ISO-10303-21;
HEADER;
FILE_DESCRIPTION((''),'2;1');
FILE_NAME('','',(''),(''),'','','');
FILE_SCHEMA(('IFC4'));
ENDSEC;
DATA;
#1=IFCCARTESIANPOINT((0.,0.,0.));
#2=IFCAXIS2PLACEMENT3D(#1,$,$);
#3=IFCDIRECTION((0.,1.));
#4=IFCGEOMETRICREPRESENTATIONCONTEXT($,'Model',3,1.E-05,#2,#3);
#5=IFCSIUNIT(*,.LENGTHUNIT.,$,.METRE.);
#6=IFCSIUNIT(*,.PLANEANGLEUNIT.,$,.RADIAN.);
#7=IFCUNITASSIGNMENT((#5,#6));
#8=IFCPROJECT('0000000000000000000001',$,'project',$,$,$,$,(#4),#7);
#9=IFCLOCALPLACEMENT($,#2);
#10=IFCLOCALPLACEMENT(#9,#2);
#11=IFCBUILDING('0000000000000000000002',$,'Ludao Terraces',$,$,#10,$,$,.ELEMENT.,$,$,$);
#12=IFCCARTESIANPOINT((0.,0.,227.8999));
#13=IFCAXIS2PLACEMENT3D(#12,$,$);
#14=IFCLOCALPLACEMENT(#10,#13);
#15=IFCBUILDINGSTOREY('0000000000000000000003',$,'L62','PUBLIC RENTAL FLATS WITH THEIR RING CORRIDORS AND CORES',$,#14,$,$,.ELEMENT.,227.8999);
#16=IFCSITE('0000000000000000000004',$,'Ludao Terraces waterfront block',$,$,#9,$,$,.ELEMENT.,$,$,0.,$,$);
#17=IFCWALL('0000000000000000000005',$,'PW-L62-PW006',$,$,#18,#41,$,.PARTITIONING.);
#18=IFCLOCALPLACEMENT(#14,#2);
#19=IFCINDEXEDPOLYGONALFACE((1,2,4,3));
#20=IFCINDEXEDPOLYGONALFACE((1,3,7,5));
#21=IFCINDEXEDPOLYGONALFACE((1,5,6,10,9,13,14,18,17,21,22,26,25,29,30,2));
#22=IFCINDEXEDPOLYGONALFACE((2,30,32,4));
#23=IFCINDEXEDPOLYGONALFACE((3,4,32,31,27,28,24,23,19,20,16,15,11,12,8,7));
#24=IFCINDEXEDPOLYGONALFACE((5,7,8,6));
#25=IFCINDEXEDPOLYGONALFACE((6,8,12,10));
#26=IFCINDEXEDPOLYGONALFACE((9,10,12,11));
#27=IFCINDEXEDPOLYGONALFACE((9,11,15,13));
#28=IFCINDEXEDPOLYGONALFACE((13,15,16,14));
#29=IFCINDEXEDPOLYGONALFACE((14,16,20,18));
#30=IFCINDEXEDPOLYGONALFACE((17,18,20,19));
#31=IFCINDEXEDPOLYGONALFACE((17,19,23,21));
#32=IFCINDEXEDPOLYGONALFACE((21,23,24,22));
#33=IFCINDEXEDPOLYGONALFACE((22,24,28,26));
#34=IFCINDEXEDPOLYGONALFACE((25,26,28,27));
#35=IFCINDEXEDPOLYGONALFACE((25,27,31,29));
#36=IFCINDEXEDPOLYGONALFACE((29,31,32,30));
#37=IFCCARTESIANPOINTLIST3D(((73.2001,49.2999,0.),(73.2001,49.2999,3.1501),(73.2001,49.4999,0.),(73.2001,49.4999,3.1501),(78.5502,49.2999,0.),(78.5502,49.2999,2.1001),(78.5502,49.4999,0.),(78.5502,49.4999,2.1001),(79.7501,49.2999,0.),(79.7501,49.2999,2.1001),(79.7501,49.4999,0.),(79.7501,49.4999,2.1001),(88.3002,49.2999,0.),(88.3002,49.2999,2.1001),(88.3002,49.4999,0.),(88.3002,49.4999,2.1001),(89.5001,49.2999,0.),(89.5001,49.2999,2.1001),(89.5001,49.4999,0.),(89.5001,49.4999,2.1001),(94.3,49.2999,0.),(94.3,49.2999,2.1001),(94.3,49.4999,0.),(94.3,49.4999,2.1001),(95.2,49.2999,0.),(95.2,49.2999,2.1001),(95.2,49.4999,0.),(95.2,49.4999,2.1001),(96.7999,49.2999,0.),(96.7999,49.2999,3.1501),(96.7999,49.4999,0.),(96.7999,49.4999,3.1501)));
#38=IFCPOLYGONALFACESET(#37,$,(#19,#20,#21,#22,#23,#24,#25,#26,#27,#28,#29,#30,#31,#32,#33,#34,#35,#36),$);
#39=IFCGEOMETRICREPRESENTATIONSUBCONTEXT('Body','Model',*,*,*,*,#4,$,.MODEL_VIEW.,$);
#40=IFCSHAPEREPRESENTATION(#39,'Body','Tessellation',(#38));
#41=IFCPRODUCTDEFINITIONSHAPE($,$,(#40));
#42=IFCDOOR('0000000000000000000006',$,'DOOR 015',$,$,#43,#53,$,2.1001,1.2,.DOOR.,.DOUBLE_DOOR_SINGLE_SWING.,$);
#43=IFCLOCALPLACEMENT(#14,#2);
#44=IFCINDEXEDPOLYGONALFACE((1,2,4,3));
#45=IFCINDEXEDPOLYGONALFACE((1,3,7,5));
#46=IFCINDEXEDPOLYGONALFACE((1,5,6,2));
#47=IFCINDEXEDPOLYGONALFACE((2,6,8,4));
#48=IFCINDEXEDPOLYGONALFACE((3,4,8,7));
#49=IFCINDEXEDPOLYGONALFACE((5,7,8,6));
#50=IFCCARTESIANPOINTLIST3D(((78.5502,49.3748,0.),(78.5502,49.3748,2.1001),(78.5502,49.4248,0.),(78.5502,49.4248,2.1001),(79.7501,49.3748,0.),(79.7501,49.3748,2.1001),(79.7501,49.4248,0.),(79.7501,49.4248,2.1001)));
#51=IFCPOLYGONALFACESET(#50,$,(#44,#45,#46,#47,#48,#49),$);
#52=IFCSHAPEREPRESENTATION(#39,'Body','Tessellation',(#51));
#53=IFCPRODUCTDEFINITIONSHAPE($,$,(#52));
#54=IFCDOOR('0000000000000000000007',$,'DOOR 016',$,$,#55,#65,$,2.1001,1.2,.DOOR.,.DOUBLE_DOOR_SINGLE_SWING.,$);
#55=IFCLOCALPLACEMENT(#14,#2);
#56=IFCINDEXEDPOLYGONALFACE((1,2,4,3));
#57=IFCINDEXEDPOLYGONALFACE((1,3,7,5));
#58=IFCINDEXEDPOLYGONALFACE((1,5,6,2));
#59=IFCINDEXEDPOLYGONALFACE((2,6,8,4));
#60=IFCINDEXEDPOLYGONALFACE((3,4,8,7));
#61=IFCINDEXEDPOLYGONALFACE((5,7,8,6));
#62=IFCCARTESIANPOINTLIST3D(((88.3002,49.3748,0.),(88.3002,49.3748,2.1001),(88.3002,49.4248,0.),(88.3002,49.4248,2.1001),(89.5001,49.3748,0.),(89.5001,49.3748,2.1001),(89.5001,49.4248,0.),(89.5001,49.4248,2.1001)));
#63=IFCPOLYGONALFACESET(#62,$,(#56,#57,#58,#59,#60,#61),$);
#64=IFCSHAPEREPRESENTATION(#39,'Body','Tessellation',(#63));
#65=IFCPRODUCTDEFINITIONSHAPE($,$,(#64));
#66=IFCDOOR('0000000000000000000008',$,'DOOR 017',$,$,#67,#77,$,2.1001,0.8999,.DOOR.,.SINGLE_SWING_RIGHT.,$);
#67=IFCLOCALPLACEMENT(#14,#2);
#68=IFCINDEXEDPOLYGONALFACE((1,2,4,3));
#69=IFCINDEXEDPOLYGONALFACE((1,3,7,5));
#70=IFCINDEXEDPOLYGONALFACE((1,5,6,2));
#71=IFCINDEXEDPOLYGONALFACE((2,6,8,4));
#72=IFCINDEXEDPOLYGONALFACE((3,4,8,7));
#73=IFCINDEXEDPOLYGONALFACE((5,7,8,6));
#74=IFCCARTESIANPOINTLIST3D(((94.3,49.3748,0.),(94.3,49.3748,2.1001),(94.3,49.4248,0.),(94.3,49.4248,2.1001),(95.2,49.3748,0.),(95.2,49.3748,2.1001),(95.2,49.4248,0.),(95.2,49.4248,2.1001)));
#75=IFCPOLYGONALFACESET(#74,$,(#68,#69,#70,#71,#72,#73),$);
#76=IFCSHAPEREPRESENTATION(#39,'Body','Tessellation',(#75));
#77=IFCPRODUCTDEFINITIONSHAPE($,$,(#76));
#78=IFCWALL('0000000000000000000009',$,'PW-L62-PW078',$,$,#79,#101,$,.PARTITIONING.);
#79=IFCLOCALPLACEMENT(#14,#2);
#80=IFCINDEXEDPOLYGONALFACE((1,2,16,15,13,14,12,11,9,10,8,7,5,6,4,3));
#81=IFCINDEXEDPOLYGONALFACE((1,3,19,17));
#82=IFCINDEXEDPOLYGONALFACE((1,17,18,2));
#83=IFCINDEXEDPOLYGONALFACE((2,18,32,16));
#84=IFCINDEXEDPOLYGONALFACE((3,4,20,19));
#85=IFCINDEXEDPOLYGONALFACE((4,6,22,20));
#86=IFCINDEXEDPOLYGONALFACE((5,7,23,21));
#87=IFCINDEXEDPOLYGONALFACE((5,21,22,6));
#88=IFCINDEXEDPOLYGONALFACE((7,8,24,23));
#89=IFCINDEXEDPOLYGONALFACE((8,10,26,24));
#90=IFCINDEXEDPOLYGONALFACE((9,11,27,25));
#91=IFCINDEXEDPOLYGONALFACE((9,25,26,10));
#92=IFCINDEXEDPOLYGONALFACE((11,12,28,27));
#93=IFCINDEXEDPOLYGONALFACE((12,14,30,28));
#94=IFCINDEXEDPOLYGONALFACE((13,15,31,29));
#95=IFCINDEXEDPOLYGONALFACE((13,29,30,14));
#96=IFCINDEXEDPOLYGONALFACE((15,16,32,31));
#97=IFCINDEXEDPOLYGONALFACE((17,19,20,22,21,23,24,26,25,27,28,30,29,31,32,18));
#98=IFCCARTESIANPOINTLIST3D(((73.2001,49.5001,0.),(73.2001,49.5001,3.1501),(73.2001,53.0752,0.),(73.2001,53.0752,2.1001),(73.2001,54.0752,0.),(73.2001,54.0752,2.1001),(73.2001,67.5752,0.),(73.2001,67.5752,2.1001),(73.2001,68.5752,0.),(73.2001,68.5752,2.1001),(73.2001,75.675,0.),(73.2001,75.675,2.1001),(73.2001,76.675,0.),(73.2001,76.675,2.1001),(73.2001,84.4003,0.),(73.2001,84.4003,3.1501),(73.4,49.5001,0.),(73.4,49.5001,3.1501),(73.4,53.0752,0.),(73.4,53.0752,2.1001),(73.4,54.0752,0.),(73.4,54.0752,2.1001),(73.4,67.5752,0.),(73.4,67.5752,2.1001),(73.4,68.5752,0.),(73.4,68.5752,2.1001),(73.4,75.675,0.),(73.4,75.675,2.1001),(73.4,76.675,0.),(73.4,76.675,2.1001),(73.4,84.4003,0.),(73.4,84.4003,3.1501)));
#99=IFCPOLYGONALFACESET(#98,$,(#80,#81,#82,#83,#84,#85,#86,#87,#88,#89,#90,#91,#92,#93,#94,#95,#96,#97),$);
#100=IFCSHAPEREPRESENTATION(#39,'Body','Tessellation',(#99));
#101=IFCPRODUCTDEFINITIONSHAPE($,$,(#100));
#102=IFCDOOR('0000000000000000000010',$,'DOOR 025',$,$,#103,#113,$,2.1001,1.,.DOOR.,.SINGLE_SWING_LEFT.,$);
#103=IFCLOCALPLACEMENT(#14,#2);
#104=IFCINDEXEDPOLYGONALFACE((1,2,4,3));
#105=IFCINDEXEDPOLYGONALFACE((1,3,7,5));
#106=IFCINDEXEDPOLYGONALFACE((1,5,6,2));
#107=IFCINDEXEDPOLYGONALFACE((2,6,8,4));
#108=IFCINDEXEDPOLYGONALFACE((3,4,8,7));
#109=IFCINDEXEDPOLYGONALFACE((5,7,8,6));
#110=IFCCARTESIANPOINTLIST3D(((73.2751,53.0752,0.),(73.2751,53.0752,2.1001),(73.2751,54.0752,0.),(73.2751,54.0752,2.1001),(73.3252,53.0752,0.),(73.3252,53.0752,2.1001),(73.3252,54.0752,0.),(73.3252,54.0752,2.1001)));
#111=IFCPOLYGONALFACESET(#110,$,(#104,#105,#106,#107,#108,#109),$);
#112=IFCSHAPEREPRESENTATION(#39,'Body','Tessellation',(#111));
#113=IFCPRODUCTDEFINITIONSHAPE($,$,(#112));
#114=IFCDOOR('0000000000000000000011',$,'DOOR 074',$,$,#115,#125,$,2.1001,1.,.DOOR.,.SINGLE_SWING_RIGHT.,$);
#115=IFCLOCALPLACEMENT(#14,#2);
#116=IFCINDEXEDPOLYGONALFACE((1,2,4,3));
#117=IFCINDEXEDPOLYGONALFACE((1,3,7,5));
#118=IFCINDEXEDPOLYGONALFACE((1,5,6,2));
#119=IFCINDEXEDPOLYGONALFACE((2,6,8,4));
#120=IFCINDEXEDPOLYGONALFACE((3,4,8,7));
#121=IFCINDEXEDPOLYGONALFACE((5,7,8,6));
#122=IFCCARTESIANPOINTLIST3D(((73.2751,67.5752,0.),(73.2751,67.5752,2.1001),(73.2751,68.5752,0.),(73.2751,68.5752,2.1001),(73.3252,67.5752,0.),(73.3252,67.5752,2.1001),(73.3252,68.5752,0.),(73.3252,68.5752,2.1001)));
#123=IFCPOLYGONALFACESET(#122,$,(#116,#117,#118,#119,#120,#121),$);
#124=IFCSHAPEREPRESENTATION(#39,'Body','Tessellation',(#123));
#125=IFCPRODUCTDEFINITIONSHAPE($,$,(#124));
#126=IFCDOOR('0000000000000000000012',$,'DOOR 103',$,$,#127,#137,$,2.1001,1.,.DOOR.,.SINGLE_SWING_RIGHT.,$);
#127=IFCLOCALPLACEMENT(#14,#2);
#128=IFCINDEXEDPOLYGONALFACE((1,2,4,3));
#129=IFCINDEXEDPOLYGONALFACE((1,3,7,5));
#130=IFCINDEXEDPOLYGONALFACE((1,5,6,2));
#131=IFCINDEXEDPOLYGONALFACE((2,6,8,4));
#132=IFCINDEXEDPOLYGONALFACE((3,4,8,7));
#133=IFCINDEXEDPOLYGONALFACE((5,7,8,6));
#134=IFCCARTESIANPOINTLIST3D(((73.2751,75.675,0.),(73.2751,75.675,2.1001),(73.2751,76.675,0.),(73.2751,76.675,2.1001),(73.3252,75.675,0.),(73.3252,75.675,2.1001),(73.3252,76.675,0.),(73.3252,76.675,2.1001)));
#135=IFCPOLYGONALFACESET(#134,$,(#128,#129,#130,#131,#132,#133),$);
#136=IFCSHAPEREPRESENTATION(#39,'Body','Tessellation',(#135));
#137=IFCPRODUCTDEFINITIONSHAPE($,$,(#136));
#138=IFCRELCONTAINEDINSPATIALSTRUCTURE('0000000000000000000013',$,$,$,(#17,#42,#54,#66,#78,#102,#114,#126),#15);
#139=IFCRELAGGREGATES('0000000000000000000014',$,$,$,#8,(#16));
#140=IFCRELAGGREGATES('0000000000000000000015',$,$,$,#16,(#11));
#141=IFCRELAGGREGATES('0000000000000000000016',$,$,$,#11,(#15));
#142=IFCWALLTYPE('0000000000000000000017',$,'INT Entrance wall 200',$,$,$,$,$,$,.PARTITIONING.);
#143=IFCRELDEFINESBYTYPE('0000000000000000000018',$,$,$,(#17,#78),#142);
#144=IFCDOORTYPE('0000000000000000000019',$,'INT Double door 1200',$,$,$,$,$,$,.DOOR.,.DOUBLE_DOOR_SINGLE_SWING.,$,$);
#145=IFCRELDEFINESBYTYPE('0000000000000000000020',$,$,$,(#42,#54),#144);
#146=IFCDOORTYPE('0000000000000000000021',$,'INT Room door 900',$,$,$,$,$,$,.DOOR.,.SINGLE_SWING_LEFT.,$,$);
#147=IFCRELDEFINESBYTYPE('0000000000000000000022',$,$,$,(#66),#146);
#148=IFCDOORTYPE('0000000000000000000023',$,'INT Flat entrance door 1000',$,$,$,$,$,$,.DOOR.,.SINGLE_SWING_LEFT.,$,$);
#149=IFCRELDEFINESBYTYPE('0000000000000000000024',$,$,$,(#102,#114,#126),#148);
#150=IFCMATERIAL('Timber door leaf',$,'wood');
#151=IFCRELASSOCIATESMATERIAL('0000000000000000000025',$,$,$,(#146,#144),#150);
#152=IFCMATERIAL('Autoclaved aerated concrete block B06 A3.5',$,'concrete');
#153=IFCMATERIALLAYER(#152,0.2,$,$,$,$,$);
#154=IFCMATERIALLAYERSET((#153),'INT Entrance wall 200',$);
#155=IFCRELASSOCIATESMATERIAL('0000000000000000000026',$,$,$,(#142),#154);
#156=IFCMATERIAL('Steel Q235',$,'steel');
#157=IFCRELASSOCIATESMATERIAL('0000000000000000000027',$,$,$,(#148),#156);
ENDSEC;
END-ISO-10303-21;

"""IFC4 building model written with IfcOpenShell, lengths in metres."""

from ifc_helpers import new_model, si_unit, direction, frame, frame_2d, origin, place, context, subcontext, project, spatial, rectangle, extrude, material, layer, layer_set, type_object, element, fill, save


model = new_model("IFC4")

# Units and contexts
model_context = context("Model", 3, precision=1e-05, world=origin(), true_north=direction((0.0, 1.0)))
body_context = subcontext(model_context, "Body", "Model", "MODEL_VIEW")
ifc_project = project(units=[si_unit("LENGTHUNIT", "METRE"), si_unit("PLANEANGLEUNIT", "RADIAN")], contexts=[model_context])

# Site, building, storey
site_placement = place(None, origin())
site = spatial("IfcSite", under=ifc_project, at=site_placement, Name="Ludao Terraces waterfront block", CompositionType="ELEMENT", RefElevation=0.0)
building_placement = place(site_placement, origin())
building = spatial("IfcBuilding", under=site, at=building_placement, Name="Ludao Terraces", CompositionType="ELEMENT")
storey_placement = place(building_placement, frame((0.0, 0.0, 227.8999)))
storey = spatial("IfcBuildingStorey", under=building, at=storey_placement, Name="L62", Description="PUBLIC RENTAL FLATS WITH THEIR RING CORRIDORS AND CORES", CompositionType="ELEMENT", Elevation=227.8999)

# Shared definitions
ifc_material_1 = material(Name="Steel Q235", Category="steel")
ifc_material_2 = material(Name="Timber door leaf", Category="wood")
door_type_1 = type_object("IfcDoorType", Name="INT Room door 900", OperationType="SINGLE_SWING_LEFT", PredefinedType="DOOR", material=ifc_material_2)

# Walls, openings, doors
ifc_material_3 = material(Name="Autoclaved aerated concrete block B06 A3.5", Category="concrete")
ifc_layer_1 = layer(ifc_material_3, 0.2)
ifc_layer_set_1 = layer_set([ifc_layer_1], Name="INT Entrance wall 200")
wall_type_1 = type_object("IfcWallType", Name="INT Entrance wall 200", PredefinedType="PARTITIONING", material=ifc_layer_set_1)
wall_1_placement = place(storey_placement, frame((73.2002, 49.3999, 0.0), z_axis=(0.0, 0.0, 1.0), x_axis=(1.0, 0.0, 0.0)))
wall_1 = element("IfcWall", 1, at=wall_1_placement, inside=storey, type_object=wall_type_1, Name="PW-L62-PW006", PredefinedType="PARTITIONING", context=body_context, shape_type="SweptSolid", body=[
    extrude(rectangle(XDim=23.5999, YDim=0.2, at=frame_2d((11.7998, 0.0))), origin(), (0.0, 0.0, 1.0), 3.1501),
])
opening_1_placement = place(wall_1_placement, frame((5.3499, 0.0, 0.0)))
opening_1 = element("IfcOpeningElement", 2, at=opening_1_placement, cuts=wall_1, PredefinedType="OPENING", context=body_context, shape_type="SweptSolid", body=[
    extrude(rectangle(XDim=1.2, YDim=2.1001, at=frame_2d((0.6001, 1.05))), frame((0.0, 0.1099, 0.0), z_axis=(0.0, -1.0, 0.0), x_axis=(1.0, 0.0, 0.0)), (0.0, 0.0, 1.0), 0.22),
])
opening_2_placement = place(wall_1_placement, frame((15.0999, 0.0, 0.0)))
opening_2 = element("IfcOpeningElement", 3, at=opening_2_placement, cuts=wall_1, PredefinedType="OPENING", context=body_context, shape_type="SweptSolid", body=[
    extrude(rectangle(XDim=1.2, YDim=2.1001, at=frame_2d((0.6001, 1.05))), frame((0.0, 0.1099, 0.0), z_axis=(0.0, -1.0, 0.0), x_axis=(1.0, 0.0, 0.0)), (0.0, 0.0, 1.0), 0.22),
])
opening_3_placement = place(wall_1_placement, frame((21.0999, 0.0, 0.0)))
opening_3 = element("IfcOpeningElement", 4, at=opening_3_placement, cuts=wall_1, PredefinedType="OPENING", context=body_context, shape_type="SweptSolid", body=[
    extrude(rectangle(XDim=0.8999, YDim=2.1001, at=frame_2d((0.45, 1.05))), frame((0.0, 0.1099, 0.0), z_axis=(0.0, -1.0, 0.0), x_axis=(1.0, 0.0, 0.0)), (0.0, 0.0, 1.0), 0.22),
])
door_type_2 = type_object("IfcDoorType", Name="INT Double door 1200", OperationType="DOUBLE_DOOR_SINGLE_SWING", PredefinedType="DOOR", material=ifc_material_2)
door_1_placement = place(opening_1_placement, origin())
door_1 = element("IfcDoor", 5, at=door_1_placement, inside=storey, type_object=door_type_2, Name="DOOR 015", OperationType="DOUBLE_DOOR_SINGLE_SWING", OverallHeight=2.1001, OverallWidth=1.2, PredefinedType="DOOR", context=body_context, shape_type="SweptSolid", body=[
    extrude(rectangle(XDim=1.2, YDim=2.1001, at=frame_2d((0.6001, 1.05))), frame((0.0, 0.0249, 0.0), z_axis=(0.0, -1.0, 0.0), x_axis=(1.0, 0.0, 0.0)), (0.0, 0.0, 1.0), 0.05),
])
fill(opening_1, door_1)
door_2_placement = place(opening_2_placement, origin())
door_2 = element("IfcDoor", 6, at=door_2_placement, inside=storey, type_object=door_type_2, Name="DOOR 016", OperationType="DOUBLE_DOOR_SINGLE_SWING", OverallHeight=2.1001, OverallWidth=1.2, PredefinedType="DOOR", context=body_context, shape_type="SweptSolid", body=[
    extrude(rectangle(XDim=1.2, YDim=2.1001, at=frame_2d((0.6001, 1.05))), frame((0.0, 0.0249, 0.0), z_axis=(0.0, -1.0, 0.0), x_axis=(1.0, 0.0, 0.0)), (0.0, 0.0, 1.0), 0.05),
])
fill(opening_2, door_2)
door_3_placement = place(opening_3_placement, origin())
door_3 = element("IfcDoor", 7, at=door_3_placement, inside=storey, type_object=door_type_1, Name="DOOR 017", OperationType="SINGLE_SWING_RIGHT", OverallHeight=2.1001, OverallWidth=0.8999, PredefinedType="DOOR", context=body_context, shape_type="SweptSolid", body=[
    extrude(rectangle(XDim=0.8999, YDim=2.1001, at=frame_2d((0.45, 1.05))), frame((0.0, 0.0249, 0.0), z_axis=(0.0, -1.0, 0.0), x_axis=(1.0, 0.0, 0.0)), (0.0, 0.0, 1.0), 0.05),
])
fill(opening_3, door_3)
wall_2_placement = place(storey_placement, frame((73.3, 49.5, 0.0), z_axis=(0.0, 0.0, 1.0), x_axis=(0.0, 1.0, 0.0)))
wall_2 = element("IfcWall", 8, at=wall_2_placement, inside=storey, type_object=wall_type_1, Name="PW-L62-PW078", PredefinedType="PARTITIONING", context=body_context, shape_type="SweptSolid", body=[
    extrude(rectangle(XDim=34.9001, YDim=0.2, at=frame_2d((17.4502, 0.0))), origin(), (0.0, 0.0, 1.0), 3.1501),
])
opening_4_placement = place(wall_2_placement, frame((3.5752, 0.0, 0.0)))
opening_4 = element("IfcOpeningElement", 9, at=opening_4_placement, cuts=wall_2, PredefinedType="OPENING", context=body_context, shape_type="SweptSolid", body=[
    extrude(rectangle(XDim=1.0, YDim=2.1001, at=frame_2d((0.5, 1.05))), frame((0.0, 0.1099, 0.0), z_axis=(0.0, -1.0, 0.0), x_axis=(1.0, 0.0, 0.0)), (0.0, 0.0, 1.0), 0.22),
])
opening_5_placement = place(wall_2_placement, frame((18.0752, 0.0, 0.0)))
opening_5 = element("IfcOpeningElement", 10, at=opening_5_placement, cuts=wall_2, PredefinedType="OPENING", context=body_context, shape_type="SweptSolid", body=[
    extrude(rectangle(XDim=1.0, YDim=2.1001, at=frame_2d((0.5, 1.05))), frame((0.0, 0.1099, 0.0), z_axis=(0.0, -1.0, 0.0), x_axis=(1.0, 0.0, 0.0)), (0.0, 0.0, 1.0), 0.22),
])
opening_6_placement = place(wall_2_placement, frame((26.175, 0.0, 0.0)))
opening_6 = element("IfcOpeningElement", 11, at=opening_6_placement, cuts=wall_2, PredefinedType="OPENING", context=body_context, shape_type="SweptSolid", body=[
    extrude(rectangle(XDim=1.0, YDim=2.1001, at=frame_2d((0.5, 1.05))), frame((0.0, 0.1099, 0.0), z_axis=(0.0, -1.0, 0.0), x_axis=(1.0, 0.0, 0.0)), (0.0, 0.0, 1.0), 0.22),
])
door_type_3 = type_object("IfcDoorType", Name="INT Flat entrance door 1000", OperationType="SINGLE_SWING_LEFT", PredefinedType="DOOR", material=ifc_material_1)
door_4_placement = place(opening_4_placement, origin())
door_4 = element("IfcDoor", 12, at=door_4_placement, inside=storey, type_object=door_type_3, Name="DOOR 025", OperationType="SINGLE_SWING_LEFT", OverallHeight=2.1001, OverallWidth=1.0, PredefinedType="DOOR", context=body_context, shape_type="SweptSolid", body=[
    extrude(rectangle(XDim=1.0, YDim=2.1001, at=frame_2d((0.5, 1.05))), frame((0.0, 0.0249, 0.0), z_axis=(0.0, -1.0, 0.0), x_axis=(1.0, 0.0, 0.0)), (0.0, 0.0, 1.0), 0.05),
])
fill(opening_4, door_4)
door_5_placement = place(opening_5_placement, origin())
door_5 = element("IfcDoor", 13, at=door_5_placement, inside=storey, type_object=door_type_3, Name="DOOR 074", OperationType="SINGLE_SWING_RIGHT", OverallHeight=2.1001, OverallWidth=1.0, PredefinedType="DOOR", context=body_context, shape_type="SweptSolid", body=[
    extrude(rectangle(XDim=1.0, YDim=2.1001, at=frame_2d((0.5, 1.05))), frame((0.0, 0.0249, 0.0), z_axis=(0.0, -1.0, 0.0), x_axis=(1.0, 0.0, 0.0)), (0.0, 0.0, 1.0), 0.05),
])
fill(opening_5, door_5)
door_6_placement = place(opening_6_placement, origin())
door_6 = element("IfcDoor", 14, at=door_6_placement, inside=storey, type_object=door_type_3, Name="DOOR 103", OperationType="SINGLE_SWING_RIGHT", OverallHeight=2.1001, OverallWidth=1.0, PredefinedType="DOOR", context=body_context, shape_type="SweptSolid", body=[
    extrude(rectangle(XDim=1.0, YDim=2.1001, at=frame_2d((0.5, 1.05))), frame((0.0, 0.0249, 0.0), z_axis=(0.0, -1.0, 0.0), x_axis=(1.0, 0.0, 0.0)), (0.0, 0.0, 1.0), 0.05),
])
fill(opening_6, door_6)

save(model, "model.ifc")
